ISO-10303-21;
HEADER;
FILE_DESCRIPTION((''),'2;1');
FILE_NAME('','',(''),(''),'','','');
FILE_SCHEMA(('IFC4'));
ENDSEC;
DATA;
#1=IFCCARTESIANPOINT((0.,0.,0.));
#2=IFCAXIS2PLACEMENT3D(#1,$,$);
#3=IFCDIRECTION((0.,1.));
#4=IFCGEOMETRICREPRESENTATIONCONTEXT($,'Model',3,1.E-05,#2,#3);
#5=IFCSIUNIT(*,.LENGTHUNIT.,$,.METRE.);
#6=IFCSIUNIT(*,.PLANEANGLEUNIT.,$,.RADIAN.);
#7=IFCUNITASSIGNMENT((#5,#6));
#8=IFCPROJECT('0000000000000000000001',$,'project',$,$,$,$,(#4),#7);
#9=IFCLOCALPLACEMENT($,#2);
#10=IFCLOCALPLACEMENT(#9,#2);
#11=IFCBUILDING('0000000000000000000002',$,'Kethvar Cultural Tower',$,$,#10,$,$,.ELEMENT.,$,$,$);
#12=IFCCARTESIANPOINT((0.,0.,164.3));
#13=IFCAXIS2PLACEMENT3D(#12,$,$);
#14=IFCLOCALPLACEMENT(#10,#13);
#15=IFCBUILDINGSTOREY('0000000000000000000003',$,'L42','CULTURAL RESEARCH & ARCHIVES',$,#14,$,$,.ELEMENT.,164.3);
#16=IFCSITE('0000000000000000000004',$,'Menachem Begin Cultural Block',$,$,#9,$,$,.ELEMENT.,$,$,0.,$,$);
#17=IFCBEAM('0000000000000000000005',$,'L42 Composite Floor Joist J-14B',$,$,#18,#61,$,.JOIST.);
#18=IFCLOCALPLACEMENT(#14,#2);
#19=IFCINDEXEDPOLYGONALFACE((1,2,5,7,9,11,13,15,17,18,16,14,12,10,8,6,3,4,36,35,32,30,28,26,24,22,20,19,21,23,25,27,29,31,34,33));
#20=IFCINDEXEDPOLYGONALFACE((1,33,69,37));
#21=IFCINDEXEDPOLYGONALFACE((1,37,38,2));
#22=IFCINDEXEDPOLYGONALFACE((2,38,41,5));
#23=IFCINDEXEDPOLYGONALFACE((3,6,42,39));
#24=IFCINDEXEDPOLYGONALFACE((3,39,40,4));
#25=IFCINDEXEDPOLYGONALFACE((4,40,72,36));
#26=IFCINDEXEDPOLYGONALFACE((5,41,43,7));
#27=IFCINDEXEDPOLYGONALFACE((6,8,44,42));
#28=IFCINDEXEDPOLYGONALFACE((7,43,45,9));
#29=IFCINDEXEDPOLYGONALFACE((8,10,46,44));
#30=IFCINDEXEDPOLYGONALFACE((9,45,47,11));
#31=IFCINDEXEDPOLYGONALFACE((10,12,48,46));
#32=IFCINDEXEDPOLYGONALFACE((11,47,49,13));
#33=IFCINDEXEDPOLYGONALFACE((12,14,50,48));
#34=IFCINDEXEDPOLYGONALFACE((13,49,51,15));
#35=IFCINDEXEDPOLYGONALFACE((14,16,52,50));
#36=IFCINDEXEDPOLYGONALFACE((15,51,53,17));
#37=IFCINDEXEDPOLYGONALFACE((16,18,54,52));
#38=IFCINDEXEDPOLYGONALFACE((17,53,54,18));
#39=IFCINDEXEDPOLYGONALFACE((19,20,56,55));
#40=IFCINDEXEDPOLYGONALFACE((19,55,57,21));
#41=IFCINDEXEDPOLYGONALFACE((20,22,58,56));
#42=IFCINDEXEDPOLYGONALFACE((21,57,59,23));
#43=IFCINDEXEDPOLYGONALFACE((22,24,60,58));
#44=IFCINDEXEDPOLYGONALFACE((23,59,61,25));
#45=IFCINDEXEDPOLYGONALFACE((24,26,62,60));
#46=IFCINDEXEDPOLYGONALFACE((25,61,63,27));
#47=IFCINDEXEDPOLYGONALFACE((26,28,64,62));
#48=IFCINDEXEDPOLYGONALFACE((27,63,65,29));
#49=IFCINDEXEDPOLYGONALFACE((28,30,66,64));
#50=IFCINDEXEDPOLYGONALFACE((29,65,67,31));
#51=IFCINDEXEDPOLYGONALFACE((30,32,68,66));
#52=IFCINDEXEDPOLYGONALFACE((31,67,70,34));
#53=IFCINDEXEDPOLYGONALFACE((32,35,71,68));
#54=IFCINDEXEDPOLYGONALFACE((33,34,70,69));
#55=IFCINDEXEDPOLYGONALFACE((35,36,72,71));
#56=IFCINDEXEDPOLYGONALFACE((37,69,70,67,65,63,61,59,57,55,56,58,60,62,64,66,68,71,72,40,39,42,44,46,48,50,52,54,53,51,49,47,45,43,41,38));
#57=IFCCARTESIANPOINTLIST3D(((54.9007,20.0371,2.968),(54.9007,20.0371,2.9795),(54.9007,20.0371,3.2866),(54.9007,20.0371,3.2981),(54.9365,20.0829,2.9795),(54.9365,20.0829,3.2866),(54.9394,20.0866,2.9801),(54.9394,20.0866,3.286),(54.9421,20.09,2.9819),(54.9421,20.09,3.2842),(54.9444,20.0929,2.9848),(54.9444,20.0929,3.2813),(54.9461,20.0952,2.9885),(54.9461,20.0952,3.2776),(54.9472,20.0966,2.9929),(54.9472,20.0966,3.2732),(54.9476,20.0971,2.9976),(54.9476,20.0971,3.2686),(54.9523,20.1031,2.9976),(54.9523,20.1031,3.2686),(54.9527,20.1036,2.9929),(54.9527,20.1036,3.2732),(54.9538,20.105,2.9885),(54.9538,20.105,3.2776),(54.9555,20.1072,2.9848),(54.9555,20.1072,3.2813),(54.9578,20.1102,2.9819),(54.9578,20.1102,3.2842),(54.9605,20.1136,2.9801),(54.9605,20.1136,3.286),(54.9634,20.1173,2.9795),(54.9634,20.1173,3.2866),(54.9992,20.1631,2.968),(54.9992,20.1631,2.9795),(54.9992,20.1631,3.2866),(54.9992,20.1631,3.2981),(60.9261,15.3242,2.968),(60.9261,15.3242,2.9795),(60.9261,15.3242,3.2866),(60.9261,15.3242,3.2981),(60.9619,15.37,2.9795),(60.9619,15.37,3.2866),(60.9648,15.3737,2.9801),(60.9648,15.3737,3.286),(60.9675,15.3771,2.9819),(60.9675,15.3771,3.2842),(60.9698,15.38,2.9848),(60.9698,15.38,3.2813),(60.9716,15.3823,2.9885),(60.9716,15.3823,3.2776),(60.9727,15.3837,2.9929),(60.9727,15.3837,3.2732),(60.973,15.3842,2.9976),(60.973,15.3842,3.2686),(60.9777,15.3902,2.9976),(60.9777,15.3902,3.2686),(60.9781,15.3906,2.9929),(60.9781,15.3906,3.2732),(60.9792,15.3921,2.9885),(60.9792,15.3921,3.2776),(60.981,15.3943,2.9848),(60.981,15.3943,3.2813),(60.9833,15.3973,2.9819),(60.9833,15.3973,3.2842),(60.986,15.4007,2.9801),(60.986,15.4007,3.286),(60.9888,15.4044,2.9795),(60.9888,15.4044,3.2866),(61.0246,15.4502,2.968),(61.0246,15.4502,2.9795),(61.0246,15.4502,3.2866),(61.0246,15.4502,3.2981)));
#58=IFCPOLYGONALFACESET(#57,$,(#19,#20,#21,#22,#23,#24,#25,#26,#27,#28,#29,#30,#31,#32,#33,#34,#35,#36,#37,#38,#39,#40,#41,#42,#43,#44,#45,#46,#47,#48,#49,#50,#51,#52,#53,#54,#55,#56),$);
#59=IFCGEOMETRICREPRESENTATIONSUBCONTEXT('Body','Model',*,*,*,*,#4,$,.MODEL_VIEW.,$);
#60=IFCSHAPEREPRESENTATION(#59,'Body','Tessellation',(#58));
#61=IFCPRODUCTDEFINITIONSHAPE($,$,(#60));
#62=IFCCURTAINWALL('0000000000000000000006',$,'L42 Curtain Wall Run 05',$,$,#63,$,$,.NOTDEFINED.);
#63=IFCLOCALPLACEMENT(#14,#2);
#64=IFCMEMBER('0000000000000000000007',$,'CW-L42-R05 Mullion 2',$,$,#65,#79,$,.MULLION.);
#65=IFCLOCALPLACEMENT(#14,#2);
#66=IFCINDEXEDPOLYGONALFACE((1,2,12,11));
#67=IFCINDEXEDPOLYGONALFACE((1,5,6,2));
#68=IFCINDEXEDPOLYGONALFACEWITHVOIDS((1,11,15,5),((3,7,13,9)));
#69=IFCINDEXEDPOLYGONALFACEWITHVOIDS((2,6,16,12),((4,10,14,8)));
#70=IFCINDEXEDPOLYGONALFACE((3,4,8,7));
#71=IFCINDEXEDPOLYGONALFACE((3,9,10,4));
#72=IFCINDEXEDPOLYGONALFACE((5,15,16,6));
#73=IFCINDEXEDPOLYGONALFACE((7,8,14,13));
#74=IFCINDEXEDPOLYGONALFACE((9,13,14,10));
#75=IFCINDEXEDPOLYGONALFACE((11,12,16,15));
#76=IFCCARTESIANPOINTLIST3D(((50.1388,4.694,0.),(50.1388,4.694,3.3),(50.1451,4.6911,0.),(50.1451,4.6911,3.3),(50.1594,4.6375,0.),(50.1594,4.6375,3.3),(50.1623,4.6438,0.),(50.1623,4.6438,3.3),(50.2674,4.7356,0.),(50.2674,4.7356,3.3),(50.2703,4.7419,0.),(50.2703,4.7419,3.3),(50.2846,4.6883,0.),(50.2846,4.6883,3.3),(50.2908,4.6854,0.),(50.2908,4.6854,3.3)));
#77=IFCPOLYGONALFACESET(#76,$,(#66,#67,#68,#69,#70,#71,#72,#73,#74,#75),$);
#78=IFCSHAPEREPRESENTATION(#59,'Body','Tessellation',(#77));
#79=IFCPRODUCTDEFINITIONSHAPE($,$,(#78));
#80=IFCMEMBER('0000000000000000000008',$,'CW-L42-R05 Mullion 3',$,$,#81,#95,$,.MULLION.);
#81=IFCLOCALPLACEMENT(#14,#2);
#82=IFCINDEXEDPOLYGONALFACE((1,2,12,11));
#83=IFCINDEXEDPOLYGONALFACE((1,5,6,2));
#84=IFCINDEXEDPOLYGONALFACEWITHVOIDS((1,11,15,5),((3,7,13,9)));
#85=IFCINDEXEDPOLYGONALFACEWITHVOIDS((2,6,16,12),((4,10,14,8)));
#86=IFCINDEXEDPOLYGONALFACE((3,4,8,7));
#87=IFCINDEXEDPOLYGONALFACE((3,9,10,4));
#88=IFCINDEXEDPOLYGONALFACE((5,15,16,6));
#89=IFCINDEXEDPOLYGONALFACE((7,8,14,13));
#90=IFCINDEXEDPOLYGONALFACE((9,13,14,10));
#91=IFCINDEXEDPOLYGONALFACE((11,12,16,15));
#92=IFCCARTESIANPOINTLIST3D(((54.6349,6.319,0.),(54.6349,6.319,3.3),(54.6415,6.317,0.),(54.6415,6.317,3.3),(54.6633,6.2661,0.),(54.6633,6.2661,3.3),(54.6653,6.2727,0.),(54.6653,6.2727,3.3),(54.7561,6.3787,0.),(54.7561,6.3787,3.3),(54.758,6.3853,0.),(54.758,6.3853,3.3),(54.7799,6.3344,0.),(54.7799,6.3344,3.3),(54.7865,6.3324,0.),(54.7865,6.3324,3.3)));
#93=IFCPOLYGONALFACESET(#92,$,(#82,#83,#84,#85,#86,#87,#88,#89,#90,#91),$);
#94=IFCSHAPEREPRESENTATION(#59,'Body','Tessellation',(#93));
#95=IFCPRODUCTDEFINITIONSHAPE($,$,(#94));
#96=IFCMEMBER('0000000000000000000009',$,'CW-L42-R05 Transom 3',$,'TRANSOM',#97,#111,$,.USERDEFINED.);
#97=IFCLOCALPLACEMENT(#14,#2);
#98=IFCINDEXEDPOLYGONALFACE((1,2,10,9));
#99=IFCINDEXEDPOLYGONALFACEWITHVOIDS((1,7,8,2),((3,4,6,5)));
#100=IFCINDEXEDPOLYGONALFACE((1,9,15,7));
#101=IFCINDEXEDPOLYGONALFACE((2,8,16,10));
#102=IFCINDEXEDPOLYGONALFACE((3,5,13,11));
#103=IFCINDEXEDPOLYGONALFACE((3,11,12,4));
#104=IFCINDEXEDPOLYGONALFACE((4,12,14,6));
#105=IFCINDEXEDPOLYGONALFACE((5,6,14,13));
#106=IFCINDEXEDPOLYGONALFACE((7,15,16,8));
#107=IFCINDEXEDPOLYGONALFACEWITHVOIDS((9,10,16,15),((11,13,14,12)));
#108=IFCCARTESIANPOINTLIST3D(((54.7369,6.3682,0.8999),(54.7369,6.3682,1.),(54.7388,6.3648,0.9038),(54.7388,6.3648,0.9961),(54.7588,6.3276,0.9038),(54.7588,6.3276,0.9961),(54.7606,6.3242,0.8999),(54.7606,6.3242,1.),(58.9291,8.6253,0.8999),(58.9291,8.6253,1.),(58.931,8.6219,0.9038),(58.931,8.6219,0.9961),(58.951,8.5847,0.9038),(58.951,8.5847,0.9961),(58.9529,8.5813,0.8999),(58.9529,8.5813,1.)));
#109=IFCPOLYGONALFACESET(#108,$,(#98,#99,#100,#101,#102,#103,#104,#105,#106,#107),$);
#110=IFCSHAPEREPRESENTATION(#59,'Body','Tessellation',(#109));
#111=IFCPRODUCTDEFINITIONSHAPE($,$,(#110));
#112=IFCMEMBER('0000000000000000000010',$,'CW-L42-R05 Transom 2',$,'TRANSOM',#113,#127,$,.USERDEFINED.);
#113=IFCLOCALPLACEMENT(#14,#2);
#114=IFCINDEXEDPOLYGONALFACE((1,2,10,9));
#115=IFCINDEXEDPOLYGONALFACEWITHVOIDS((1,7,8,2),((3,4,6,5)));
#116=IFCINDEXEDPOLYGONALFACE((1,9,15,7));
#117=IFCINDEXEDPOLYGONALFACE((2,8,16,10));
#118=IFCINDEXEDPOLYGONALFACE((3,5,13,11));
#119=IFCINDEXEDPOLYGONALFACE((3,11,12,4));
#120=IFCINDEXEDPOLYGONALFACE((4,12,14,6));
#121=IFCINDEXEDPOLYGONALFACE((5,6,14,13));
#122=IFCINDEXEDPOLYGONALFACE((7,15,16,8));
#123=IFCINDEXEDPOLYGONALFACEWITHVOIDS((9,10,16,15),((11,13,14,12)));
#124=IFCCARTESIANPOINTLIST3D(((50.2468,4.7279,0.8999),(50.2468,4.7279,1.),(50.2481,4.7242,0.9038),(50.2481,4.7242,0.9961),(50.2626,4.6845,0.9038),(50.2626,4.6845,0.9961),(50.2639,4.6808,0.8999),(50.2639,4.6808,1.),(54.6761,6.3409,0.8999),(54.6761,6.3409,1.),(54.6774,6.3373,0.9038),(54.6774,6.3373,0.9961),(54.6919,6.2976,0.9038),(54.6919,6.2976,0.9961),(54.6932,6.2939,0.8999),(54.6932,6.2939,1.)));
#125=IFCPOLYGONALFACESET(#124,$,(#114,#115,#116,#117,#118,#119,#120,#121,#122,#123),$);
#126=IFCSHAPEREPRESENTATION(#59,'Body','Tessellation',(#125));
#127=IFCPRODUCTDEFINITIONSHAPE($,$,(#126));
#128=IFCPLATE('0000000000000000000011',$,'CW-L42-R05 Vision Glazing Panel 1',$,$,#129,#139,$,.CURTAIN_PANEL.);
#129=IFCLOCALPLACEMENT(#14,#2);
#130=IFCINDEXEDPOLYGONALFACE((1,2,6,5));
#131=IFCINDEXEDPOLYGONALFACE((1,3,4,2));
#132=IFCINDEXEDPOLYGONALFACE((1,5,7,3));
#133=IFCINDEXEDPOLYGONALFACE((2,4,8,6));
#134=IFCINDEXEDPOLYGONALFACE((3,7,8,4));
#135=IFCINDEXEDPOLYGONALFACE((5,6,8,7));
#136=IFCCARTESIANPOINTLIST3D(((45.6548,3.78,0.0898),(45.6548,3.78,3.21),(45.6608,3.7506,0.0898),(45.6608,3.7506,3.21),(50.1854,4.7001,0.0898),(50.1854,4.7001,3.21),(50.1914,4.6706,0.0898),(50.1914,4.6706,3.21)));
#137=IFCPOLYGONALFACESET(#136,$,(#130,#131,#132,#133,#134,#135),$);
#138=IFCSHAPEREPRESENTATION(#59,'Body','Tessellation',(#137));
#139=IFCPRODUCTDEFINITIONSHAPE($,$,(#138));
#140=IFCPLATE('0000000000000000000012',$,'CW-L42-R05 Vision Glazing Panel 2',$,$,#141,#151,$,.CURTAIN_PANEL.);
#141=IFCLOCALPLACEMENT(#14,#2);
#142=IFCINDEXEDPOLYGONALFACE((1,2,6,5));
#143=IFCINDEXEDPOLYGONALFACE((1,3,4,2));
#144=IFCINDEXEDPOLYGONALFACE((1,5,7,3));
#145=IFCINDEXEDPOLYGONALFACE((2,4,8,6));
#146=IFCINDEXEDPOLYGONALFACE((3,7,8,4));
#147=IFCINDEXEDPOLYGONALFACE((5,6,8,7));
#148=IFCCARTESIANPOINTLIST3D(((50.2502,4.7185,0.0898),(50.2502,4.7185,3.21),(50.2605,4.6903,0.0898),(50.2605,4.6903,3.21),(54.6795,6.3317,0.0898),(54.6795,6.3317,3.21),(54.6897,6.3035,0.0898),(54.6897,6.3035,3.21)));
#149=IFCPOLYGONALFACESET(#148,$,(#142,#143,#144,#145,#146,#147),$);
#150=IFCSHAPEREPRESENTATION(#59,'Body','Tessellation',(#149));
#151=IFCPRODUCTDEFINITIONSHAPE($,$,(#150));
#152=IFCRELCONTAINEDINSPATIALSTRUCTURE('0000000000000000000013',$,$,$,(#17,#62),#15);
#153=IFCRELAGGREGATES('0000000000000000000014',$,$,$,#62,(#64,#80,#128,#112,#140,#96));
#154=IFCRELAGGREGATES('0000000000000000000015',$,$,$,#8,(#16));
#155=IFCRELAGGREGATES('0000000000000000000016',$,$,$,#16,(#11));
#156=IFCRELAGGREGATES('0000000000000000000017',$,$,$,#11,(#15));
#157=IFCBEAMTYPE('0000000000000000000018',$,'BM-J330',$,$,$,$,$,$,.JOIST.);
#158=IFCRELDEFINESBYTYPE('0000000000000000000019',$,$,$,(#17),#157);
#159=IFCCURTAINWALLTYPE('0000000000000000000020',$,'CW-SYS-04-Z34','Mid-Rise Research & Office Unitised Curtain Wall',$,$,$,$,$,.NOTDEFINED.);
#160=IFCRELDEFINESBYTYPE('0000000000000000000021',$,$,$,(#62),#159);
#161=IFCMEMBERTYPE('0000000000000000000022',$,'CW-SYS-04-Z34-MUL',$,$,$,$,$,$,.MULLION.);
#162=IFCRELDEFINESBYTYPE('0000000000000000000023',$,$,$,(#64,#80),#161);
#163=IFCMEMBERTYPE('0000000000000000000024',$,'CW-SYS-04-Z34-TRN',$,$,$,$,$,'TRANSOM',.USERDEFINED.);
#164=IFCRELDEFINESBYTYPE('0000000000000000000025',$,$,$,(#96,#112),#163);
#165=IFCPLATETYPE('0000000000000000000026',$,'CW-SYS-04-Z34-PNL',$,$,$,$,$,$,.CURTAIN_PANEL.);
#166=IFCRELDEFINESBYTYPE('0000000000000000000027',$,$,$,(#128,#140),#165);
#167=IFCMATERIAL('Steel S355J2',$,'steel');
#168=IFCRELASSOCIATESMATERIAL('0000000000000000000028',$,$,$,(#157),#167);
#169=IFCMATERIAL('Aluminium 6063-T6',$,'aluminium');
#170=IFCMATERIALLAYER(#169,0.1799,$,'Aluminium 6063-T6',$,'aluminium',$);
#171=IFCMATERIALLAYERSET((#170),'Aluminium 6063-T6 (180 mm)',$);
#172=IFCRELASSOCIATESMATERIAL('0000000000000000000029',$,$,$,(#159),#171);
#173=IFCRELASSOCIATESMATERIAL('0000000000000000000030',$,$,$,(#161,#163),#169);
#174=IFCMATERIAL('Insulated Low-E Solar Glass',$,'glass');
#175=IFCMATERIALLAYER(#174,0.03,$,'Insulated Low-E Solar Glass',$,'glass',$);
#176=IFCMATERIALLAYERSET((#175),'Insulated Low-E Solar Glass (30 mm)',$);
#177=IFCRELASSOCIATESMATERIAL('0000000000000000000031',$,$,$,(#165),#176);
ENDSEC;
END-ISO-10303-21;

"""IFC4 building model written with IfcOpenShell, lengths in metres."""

from ifc_helpers import new_model, si_unit, direction, frame, origin, origin_2d, place, context, subcontext, project, spatial, rectangle, hollow_rectangle, i_section, extrude, source, transform, mapped, material, layer, layer_set, material_profile, profile_set, type_object, element, aggregate, save


model = new_model("IFC4")

# Units and contexts
model_context = context("Model", 3, precision=1e-05, world=origin(), true_north=direction((0.0, 1.0)))
body_context = subcontext(model_context, "Body", "Model", "MODEL_VIEW")
ifc_project = project(units=[si_unit("LENGTHUNIT", "METRE"), si_unit("PLANEANGLEUNIT", "RADIAN")], contexts=[model_context])

# Site, building, storey
site_placement = place(None, origin())
site = spatial("IfcSite", under=ifc_project, at=site_placement, Name="Menachem Begin Cultural Block", CompositionType="ELEMENT", RefElevation=0.0)
building_placement = place(site_placement, origin())
building = spatial("IfcBuilding", under=site, at=building_placement, Name="Kethvar Cultural Tower", CompositionType="ELEMENT")
storey_placement = place(building_placement, frame((0.0, 0.0, 164.3)))
storey = spatial("IfcBuildingStorey", under=building, at=storey_placement, Name="L42", Description="CULTURAL RESEARCH & ARCHIVES", CompositionType="ELEMENT", Elevation=164.3)

# Beam
ifc_material_1 = material(Name="Steel S355J2", Category="steel")
ifc_material_profile_1 = material_profile(ifc_material_1, i_section(OverallWidth=0.1599, OverallDepth=0.3301, WebThickness=0.0076, FlangeThickness=0.0115, FilletRadius=0.0181, at=origin_2d()), Name="Steel S355J2 — IPE330")
ifc_profile_set_1 = profile_set([ifc_material_profile_1], Name="Steel S355J2 — IPE330")
beam_type_1 = type_object("IfcBeamType", Name="BM-J330", PredefinedType="JOIST", material=ifc_profile_set_1)
shared_shape_1 = source(origin(), body_context, "Body", "SweptSolid", [
    extrude(i_section(OverallWidth=0.1599, OverallDepth=0.3301, WebThickness=0.0076, FlangeThickness=0.0115, FilletRadius=0.0181, at=origin_2d()), origin(), (0.0, 0.0, 1.0), 7.6497),
])
beam_1_placement = place(storey_placement, frame((54.95, 20.1001, 3.1331), z_axis=(0.787672, -0.616095, 0.0), x_axis=(0.616095, 0.787672, 0.0)))
element("IfcBeam", 1, at=beam_1_placement, inside=storey, type_object=beam_type_1, Name="L42 Composite Floor Joist J-14B", PredefinedType="JOIST", context=body_context, shape_type="MappedRepresentation", body=[
    mapped(shared_shape_1, transform((0.0, 0.0, 0.0), scale=1.0)),
])

# Curtain wall, members, plates
ifc_material_2 = material(Name="Aluminium 6063-T6", Category="aluminium")
ifc_layer_1 = layer(ifc_material_2, 0.1799, Name="Aluminium 6063-T6", Category="aluminium")
ifc_layer_set_1 = layer_set([ifc_layer_1], Name="Aluminium 6063-T6 (180 mm)")
curtain_wall_type = type_object("IfcCurtainWallType", Name="CW-SYS-04-Z34", Description="Mid-Rise Research & Office Unitised Curtain Wall", PredefinedType="NOTDEFINED", material=ifc_layer_set_1)
curtain_wall_placement = place(storey_placement, origin())
curtain_wall = element("IfcCurtainWall", 2, at=curtain_wall_placement, inside=storey, type_object=curtain_wall_type, Name="L42 Curtain Wall Run 05", PredefinedType="NOTDEFINED")
ifc_material_profile_2 = material_profile(ifc_material_2, hollow_rectangle(XDim=0.0601, YDim=0.1399, WallThickness=0.0049, at=origin_2d()), Name="Aluminium 6063-T6 — RHS140x60x5")
ifc_profile_set_2 = profile_set([ifc_material_profile_2], Name="Aluminium 6063-T6 — RHS140x60x5")
member_type_1 = type_object("IfcMemberType", Name="CW-SYS-04-Z34-MUL", PredefinedType="MULLION", material=ifc_profile_set_2)
shared_shape_2 = source(origin(), body_context, "Body", "SweptSolid", [
    extrude(hollow_rectangle(XDim=0.0601, YDim=0.1399, WallThickness=0.0049, at=origin_2d()), origin(), (0.0, 0.0, 1.0), 3.3),
])
member_1_placement = place(storey_placement, frame((50.2148, 4.6897, 0.0), z_axis=(0.0, 0.0, 1.0), x_axis=(-0.342217, 0.939621, 0.0)))
member_1 = element("IfcMember", 3, at=member_1_placement, type_object=member_type_1, Name="CW-L42-R05 Mullion 2", PredefinedType="MULLION", context=body_context, shape_type="MappedRepresentation", body=[
    mapped(shared_shape_2, transform((0.0, 0.0, 0.0), scale=1.0)),
])
member_2_placement = place(storey_placement, frame((54.7107, 6.3257, 0.0), z_axis=(0.0, 0.0, 1.0), x_axis=(-0.474042, 0.880502, 0.0)))
member_2 = element("IfcMember", 4, at=member_2_placement, type_object=member_type_1, Name="CW-L42-R05 Mullion 3", PredefinedType="MULLION", context=body_context, shape_type="MappedRepresentation", body=[
    mapped(shared_shape_2, transform((0.0, 0.0, 0.0), scale=1.0)),
])
ifc_material_profile_3 = material_profile(ifc_material_2, hollow_rectangle(XDim=0.05, YDim=0.1001, WallThickness=0.0039, at=origin_2d()), Name="Aluminium 6063-T6 — RHS100x50x4")
ifc_profile_set_3 = profile_set([ifc_material_profile_3], Name="Aluminium 6063-T6 — RHS100x50x4")
member_type_2 = type_object("IfcMemberType", Name="CW-SYS-04-Z34-TRN", ElementType="TRANSOM", PredefinedType="USERDEFINED", material=ifc_profile_set_3)
shared_shape_3 = source(origin(), body_context, "Body", "SweptSolid", [
    extrude(hollow_rectangle(XDim=0.05, YDim=0.1001, WallThickness=0.0039, at=origin_2d()), origin(), (0.0, 0.0, 1.0), 4.7612),
])
member_3_placement = place(storey_placement, frame((54.7488, 6.3462, 0.95), z_axis=(0.880491, 0.474063, 0.0), x_axis=(-0.474063, 0.880491, 0.0)))
member_3 = element("IfcMember", 5, at=member_3_placement, type_object=member_type_2, Name="CW-L42-R05 Transom 3", ObjectType="TRANSOM", PredefinedType="USERDEFINED", context=body_context, shape_type="MappedRepresentation", body=[
    mapped(shared_shape_3, transform((0.0, 0.0, 0.0), scale=1.0)),
])
shared_shape_4 = source(origin(), body_context, "Body", "SweptSolid", [
    extrude(hollow_rectangle(XDim=0.05, YDim=0.1001, WallThickness=0.0039, at=origin_2d()), origin(), (0.0, 0.0, 1.0), 4.7139),
])
member_4_placement = place(storey_placement, frame((50.2554, 4.7043, 0.95), z_axis=(0.939628, 0.342196, 0.0), x_axis=(-0.342196, 0.939628, 0.0)))
member_4 = element("IfcMember", 6, at=member_4_placement, type_object=member_type_2, Name="CW-L42-R05 Transom 2", ObjectType="TRANSOM", PredefinedType="USERDEFINED", context=body_context, shape_type="MappedRepresentation", body=[
    mapped(shared_shape_4, transform((0.0, 0.0, 0.0), scale=1.0)),
])
ifc_material_3 = material(Name="Insulated Low-E Solar Glass", Category="glass")
ifc_layer_2 = layer(ifc_material_3, 0.03, Name="Insulated Low-E Solar Glass", Category="glass")
ifc_layer_set_2 = layer_set([ifc_layer_2], Name="Insulated Low-E Solar Glass (30 mm)")
plate_type = type_object("IfcPlateType", Name="CW-SYS-04-Z34-PNL", PredefinedType="CURTAIN_PANEL", material=ifc_layer_set_2)
shared_shape_5 = source(origin(), body_context, "Body", "SweptSolid", [
    extrude(rectangle(XDim=4.623, YDim=0.03, at=origin_2d()), origin(), (0.0, 0.0, 1.0), 3.1201),
])
plate_1_placement = place(storey_placement, frame((47.9231, 4.2253, 0.0898), z_axis=(0.0, 0.0, 1.0), x_axis=(0.979998, 0.199009, 0.0)))
plate_1 = element("IfcPlate", 7, at=plate_1_placement, type_object=plate_type, Name="CW-L42-R05 Vision Glazing Panel 1", PredefinedType="CURTAIN_PANEL", context=body_context, shape_type="MappedRepresentation", body=[
    mapped(shared_shape_5, transform((0.0, 0.0, 0.0), scale=1.0)),
])
shared_shape_6 = source(origin(), body_context, "Body", "SweptSolid", [
    extrude(rectangle(XDim=4.7139, YDim=0.03, at=origin_2d()), origin(), (0.0, 0.0, 1.0), 3.1201),
])
plate_2_placement = place(storey_placement, frame((52.47, 5.511, 0.0898), z_axis=(0.0, 0.0, 1.0), x_axis=(0.939621, 0.342217, 0.0)))
plate_2 = element("IfcPlate", 8, at=plate_2_placement, type_object=plate_type, Name="CW-L42-R05 Vision Glazing Panel 2", PredefinedType="CURTAIN_PANEL", context=body_context, shape_type="MappedRepresentation", body=[
    mapped(shared_shape_6, transform((0.0, 0.0, 0.0), scale=1.0)),
])
aggregate(curtain_wall, [member_1, member_2, plate_1, member_4, plate_2, member_3])

save(model, "model.ifc")
